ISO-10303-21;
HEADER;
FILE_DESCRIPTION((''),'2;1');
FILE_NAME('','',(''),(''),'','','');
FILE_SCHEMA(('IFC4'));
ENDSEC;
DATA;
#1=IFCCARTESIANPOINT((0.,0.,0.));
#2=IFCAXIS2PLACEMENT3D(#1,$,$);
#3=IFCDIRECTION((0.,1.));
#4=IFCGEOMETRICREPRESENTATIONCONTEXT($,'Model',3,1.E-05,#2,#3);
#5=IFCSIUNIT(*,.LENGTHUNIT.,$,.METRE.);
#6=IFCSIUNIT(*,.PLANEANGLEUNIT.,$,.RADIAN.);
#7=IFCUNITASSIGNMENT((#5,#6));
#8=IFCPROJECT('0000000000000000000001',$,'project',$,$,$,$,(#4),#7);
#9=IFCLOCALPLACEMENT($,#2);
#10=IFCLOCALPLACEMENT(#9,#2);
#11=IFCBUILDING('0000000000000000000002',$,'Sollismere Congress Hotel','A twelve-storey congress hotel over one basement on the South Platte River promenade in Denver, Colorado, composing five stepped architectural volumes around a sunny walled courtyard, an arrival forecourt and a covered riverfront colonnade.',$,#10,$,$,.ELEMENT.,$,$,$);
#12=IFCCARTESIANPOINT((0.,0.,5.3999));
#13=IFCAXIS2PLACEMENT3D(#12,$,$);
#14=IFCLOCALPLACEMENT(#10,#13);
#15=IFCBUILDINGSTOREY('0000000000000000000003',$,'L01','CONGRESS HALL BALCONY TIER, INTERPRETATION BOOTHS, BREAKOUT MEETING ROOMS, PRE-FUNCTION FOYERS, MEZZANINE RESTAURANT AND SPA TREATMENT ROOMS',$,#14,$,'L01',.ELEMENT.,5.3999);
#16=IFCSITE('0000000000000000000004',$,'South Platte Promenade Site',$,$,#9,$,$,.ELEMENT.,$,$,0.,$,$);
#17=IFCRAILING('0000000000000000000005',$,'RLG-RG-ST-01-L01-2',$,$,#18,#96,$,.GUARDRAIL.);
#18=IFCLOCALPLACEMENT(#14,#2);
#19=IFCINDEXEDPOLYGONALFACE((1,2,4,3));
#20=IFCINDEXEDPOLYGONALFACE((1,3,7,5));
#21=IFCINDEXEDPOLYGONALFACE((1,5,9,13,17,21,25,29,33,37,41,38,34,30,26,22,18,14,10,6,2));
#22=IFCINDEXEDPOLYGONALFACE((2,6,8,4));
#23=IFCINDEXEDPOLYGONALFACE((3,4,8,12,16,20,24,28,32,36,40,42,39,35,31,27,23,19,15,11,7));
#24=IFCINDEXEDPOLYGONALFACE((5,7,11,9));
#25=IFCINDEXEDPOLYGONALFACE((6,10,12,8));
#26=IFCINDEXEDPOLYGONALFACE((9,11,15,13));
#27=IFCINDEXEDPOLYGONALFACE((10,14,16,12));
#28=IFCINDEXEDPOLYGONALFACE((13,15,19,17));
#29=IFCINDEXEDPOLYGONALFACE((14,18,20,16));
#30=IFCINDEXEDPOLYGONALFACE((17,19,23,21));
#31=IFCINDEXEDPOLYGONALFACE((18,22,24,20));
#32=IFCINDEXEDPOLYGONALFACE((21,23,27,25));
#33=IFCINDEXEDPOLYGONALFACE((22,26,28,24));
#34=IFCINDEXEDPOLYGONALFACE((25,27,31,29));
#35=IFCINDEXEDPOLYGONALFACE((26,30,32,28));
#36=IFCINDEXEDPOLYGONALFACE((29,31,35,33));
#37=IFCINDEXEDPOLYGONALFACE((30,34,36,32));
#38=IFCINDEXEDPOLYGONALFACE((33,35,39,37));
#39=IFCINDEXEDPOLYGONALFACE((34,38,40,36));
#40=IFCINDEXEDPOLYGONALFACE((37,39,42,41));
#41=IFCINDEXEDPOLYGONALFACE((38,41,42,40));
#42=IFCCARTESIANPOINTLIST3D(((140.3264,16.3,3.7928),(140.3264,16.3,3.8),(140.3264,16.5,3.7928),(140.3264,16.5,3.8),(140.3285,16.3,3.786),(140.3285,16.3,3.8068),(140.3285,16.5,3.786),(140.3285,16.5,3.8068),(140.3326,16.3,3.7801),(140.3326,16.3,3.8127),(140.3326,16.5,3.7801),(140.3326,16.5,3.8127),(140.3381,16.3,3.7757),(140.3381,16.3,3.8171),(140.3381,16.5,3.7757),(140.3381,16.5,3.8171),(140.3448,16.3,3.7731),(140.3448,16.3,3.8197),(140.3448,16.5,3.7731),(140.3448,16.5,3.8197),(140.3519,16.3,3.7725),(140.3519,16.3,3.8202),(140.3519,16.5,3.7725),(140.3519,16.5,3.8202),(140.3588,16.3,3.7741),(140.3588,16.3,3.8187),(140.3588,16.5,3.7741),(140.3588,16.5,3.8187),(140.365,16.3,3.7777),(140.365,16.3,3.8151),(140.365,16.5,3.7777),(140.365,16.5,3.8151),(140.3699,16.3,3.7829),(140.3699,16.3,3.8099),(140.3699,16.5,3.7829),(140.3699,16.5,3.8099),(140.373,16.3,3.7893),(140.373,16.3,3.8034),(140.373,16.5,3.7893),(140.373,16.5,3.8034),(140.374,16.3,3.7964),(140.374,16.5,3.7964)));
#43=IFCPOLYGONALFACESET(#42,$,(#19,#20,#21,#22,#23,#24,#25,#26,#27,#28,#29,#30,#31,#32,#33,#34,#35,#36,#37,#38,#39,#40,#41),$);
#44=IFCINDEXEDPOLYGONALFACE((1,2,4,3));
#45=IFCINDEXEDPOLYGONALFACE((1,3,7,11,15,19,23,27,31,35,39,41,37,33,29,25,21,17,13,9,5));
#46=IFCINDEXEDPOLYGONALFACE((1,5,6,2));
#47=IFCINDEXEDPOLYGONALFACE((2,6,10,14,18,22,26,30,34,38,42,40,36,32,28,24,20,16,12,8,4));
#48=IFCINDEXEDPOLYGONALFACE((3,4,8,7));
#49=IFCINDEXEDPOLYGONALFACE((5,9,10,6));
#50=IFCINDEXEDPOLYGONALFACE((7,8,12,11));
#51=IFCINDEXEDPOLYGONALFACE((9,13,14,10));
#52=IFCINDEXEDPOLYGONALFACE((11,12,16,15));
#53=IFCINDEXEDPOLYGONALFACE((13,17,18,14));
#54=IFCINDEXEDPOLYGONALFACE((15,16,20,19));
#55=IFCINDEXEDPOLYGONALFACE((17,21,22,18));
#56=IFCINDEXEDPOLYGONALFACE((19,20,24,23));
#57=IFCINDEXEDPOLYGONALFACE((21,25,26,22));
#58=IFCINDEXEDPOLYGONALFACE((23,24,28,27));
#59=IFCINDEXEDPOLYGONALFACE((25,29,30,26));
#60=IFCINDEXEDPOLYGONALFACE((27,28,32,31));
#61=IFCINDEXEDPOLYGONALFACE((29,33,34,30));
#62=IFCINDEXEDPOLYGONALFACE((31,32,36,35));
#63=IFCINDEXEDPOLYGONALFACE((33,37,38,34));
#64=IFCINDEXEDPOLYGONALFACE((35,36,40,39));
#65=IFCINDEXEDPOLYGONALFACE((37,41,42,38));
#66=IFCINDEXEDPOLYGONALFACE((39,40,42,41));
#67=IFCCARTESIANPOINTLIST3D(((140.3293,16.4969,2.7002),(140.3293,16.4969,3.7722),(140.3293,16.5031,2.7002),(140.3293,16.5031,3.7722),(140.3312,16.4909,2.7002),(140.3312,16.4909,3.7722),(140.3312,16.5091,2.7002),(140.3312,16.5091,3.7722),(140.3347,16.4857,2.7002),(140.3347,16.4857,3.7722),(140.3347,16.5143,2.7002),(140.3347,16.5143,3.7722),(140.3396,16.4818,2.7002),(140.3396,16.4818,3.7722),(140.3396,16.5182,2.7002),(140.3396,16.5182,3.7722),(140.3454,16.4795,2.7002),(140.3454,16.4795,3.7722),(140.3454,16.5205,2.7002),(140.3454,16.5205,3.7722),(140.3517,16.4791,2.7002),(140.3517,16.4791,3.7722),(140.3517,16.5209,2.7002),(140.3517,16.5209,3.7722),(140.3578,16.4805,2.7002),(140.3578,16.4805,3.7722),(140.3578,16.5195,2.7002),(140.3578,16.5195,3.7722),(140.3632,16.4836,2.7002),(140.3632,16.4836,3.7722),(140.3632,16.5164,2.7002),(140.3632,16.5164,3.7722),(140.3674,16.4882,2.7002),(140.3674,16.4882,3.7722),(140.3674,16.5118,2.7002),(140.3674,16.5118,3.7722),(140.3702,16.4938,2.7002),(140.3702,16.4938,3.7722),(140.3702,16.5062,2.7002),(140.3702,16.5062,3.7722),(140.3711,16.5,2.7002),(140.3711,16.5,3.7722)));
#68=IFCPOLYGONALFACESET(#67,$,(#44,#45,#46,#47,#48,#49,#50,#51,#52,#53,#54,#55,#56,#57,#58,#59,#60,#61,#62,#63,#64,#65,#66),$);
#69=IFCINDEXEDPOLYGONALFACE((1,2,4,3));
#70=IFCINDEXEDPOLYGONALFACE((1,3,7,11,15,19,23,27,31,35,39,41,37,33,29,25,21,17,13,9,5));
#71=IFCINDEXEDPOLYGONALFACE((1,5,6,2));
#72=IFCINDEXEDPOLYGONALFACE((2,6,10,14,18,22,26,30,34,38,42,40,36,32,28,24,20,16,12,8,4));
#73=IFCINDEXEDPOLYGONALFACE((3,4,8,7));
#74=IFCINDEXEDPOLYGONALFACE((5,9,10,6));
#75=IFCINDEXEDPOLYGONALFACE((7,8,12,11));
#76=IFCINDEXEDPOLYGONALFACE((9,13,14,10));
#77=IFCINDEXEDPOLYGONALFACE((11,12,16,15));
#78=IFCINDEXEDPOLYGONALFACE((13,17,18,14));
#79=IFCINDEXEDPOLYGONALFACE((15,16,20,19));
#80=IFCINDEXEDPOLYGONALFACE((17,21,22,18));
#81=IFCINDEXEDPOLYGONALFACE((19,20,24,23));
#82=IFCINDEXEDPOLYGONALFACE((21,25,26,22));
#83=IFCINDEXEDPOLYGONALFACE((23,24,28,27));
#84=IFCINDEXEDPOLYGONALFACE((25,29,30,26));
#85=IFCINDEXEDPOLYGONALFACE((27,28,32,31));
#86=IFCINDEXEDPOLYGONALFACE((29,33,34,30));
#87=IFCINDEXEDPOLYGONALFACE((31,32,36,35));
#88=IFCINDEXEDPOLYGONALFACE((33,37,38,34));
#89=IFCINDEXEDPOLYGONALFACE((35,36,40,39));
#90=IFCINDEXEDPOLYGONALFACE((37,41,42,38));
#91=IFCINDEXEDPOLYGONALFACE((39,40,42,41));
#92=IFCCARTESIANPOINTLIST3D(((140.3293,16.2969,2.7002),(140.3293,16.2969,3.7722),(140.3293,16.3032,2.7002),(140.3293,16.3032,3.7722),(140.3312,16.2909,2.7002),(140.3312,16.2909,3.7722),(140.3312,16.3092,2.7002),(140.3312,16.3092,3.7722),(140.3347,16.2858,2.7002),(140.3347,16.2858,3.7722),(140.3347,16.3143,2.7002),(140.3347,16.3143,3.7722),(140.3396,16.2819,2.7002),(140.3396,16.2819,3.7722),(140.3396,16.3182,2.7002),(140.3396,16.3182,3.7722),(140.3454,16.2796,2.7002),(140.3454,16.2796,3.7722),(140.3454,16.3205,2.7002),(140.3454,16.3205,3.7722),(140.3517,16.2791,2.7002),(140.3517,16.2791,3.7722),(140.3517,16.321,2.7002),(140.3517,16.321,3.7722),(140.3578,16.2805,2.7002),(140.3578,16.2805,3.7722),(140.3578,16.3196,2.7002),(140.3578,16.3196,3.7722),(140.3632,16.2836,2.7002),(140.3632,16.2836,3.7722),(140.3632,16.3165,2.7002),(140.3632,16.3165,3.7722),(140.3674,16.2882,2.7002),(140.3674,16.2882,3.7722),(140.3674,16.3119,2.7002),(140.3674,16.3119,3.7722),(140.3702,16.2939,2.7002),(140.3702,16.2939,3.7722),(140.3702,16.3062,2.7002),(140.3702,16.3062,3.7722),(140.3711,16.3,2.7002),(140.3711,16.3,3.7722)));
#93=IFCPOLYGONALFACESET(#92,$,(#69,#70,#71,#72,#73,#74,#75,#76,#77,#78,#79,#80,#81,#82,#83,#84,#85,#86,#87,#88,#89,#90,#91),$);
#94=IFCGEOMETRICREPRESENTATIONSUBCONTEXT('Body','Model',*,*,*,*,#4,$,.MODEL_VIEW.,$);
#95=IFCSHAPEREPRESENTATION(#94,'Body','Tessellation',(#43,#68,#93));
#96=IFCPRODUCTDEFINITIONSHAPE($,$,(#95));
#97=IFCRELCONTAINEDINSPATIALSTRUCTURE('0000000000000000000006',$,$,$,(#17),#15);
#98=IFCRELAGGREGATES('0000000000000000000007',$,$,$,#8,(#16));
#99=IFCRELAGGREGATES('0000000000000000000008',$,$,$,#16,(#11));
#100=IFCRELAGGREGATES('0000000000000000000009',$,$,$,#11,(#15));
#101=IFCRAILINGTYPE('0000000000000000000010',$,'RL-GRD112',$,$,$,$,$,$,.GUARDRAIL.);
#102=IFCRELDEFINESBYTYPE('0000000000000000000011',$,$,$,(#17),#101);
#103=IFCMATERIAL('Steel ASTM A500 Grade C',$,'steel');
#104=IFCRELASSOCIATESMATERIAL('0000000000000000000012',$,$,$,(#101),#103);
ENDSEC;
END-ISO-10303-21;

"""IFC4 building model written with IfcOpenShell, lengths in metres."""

from ifc_helpers import new_model, si_unit, direction, frame, origin, origin_2d, place, context, subcontext, project, spatial, circle, extrude, material, type_object, element, save


model = new_model("IFC4")

# Units and contexts
model_context = context("Model", 3, precision=1e-05, world=origin(), true_north=direction((0.0, 1.0)))
body_context = subcontext(model_context, "Body", "Model", "MODEL_VIEW")
ifc_project = project(units=[si_unit("LENGTHUNIT", "METRE"), si_unit("PLANEANGLEUNIT", "RADIAN")], contexts=[model_context])

# Site, building, storey
site_placement = place(None, origin())
site = spatial("IfcSite", under=ifc_project, at=site_placement, Name="South Platte Promenade Site", CompositionType="ELEMENT", RefElevation=0.0)
building_placement = place(site_placement, origin())
building = spatial("IfcBuilding", under=site, at=building_placement, Name="Sollismere Congress Hotel", Description="A twelve-storey congress hotel over one basement on the South Platte River promenade in Denver, Colorado, composing five stepped architectural volumes around a sunny walled courtyard, an arrival forecourt and a covered riverfront colonnade.", CompositionType="ELEMENT")
storey_placement = place(building_placement, frame((0.0, 0.0, 5.3999)))
storey = spatial("IfcBuildingStorey", under=building, at=storey_placement, Name="L01", Description="CONGRESS HALL BALCONY TIER, INTERPRETATION BOOTHS, BREAKOUT MEETING ROOMS, PRE-FUNCTION FOYERS, MEZZANINE RESTAURANT AND SPA TREATMENT ROOMS", LongName="L01", CompositionType="ELEMENT", Elevation=5.3999)

# Railing
ifc_material_1 = material(Name="Steel ASTM A500 Grade C", Category="steel")
railing_type_1 = type_object("IfcRailingType", Name="RL-GRD112", PredefinedType="GUARDRAIL", material=ifc_material_1)
railing_1_placement = place(storey_placement, frame((140.3501, 16.5, 2.7002)))
element("IfcRailing", 1, at=railing_1_placement, inside=storey, type_object=railing_type_1, Name="RLG-RG-ST-01-L01-2", PredefinedType="GUARDRAIL", context=body_context, shape_type="SweptSolid", body=[
    extrude(circle(Radius=0.0239, at=origin_2d()), frame((0.0, 0.0, 1.0962), z_axis=(0.0, -1.0, 0.0), x_axis=(1.0, 0.0, 0.0)), (0.0, 0.0, 1.0), 0.2),
    extrude(circle(Radius=0.021, at=origin_2d()), origin(), (0.0, 0.0, 1.0), 1.072),
    extrude(circle(Radius=0.021, at=origin_2d()), frame((0.0, -0.2, 0.0)), (0.0, 0.0, 1.0), 1.072),
])

save(model, "model.ifc")
